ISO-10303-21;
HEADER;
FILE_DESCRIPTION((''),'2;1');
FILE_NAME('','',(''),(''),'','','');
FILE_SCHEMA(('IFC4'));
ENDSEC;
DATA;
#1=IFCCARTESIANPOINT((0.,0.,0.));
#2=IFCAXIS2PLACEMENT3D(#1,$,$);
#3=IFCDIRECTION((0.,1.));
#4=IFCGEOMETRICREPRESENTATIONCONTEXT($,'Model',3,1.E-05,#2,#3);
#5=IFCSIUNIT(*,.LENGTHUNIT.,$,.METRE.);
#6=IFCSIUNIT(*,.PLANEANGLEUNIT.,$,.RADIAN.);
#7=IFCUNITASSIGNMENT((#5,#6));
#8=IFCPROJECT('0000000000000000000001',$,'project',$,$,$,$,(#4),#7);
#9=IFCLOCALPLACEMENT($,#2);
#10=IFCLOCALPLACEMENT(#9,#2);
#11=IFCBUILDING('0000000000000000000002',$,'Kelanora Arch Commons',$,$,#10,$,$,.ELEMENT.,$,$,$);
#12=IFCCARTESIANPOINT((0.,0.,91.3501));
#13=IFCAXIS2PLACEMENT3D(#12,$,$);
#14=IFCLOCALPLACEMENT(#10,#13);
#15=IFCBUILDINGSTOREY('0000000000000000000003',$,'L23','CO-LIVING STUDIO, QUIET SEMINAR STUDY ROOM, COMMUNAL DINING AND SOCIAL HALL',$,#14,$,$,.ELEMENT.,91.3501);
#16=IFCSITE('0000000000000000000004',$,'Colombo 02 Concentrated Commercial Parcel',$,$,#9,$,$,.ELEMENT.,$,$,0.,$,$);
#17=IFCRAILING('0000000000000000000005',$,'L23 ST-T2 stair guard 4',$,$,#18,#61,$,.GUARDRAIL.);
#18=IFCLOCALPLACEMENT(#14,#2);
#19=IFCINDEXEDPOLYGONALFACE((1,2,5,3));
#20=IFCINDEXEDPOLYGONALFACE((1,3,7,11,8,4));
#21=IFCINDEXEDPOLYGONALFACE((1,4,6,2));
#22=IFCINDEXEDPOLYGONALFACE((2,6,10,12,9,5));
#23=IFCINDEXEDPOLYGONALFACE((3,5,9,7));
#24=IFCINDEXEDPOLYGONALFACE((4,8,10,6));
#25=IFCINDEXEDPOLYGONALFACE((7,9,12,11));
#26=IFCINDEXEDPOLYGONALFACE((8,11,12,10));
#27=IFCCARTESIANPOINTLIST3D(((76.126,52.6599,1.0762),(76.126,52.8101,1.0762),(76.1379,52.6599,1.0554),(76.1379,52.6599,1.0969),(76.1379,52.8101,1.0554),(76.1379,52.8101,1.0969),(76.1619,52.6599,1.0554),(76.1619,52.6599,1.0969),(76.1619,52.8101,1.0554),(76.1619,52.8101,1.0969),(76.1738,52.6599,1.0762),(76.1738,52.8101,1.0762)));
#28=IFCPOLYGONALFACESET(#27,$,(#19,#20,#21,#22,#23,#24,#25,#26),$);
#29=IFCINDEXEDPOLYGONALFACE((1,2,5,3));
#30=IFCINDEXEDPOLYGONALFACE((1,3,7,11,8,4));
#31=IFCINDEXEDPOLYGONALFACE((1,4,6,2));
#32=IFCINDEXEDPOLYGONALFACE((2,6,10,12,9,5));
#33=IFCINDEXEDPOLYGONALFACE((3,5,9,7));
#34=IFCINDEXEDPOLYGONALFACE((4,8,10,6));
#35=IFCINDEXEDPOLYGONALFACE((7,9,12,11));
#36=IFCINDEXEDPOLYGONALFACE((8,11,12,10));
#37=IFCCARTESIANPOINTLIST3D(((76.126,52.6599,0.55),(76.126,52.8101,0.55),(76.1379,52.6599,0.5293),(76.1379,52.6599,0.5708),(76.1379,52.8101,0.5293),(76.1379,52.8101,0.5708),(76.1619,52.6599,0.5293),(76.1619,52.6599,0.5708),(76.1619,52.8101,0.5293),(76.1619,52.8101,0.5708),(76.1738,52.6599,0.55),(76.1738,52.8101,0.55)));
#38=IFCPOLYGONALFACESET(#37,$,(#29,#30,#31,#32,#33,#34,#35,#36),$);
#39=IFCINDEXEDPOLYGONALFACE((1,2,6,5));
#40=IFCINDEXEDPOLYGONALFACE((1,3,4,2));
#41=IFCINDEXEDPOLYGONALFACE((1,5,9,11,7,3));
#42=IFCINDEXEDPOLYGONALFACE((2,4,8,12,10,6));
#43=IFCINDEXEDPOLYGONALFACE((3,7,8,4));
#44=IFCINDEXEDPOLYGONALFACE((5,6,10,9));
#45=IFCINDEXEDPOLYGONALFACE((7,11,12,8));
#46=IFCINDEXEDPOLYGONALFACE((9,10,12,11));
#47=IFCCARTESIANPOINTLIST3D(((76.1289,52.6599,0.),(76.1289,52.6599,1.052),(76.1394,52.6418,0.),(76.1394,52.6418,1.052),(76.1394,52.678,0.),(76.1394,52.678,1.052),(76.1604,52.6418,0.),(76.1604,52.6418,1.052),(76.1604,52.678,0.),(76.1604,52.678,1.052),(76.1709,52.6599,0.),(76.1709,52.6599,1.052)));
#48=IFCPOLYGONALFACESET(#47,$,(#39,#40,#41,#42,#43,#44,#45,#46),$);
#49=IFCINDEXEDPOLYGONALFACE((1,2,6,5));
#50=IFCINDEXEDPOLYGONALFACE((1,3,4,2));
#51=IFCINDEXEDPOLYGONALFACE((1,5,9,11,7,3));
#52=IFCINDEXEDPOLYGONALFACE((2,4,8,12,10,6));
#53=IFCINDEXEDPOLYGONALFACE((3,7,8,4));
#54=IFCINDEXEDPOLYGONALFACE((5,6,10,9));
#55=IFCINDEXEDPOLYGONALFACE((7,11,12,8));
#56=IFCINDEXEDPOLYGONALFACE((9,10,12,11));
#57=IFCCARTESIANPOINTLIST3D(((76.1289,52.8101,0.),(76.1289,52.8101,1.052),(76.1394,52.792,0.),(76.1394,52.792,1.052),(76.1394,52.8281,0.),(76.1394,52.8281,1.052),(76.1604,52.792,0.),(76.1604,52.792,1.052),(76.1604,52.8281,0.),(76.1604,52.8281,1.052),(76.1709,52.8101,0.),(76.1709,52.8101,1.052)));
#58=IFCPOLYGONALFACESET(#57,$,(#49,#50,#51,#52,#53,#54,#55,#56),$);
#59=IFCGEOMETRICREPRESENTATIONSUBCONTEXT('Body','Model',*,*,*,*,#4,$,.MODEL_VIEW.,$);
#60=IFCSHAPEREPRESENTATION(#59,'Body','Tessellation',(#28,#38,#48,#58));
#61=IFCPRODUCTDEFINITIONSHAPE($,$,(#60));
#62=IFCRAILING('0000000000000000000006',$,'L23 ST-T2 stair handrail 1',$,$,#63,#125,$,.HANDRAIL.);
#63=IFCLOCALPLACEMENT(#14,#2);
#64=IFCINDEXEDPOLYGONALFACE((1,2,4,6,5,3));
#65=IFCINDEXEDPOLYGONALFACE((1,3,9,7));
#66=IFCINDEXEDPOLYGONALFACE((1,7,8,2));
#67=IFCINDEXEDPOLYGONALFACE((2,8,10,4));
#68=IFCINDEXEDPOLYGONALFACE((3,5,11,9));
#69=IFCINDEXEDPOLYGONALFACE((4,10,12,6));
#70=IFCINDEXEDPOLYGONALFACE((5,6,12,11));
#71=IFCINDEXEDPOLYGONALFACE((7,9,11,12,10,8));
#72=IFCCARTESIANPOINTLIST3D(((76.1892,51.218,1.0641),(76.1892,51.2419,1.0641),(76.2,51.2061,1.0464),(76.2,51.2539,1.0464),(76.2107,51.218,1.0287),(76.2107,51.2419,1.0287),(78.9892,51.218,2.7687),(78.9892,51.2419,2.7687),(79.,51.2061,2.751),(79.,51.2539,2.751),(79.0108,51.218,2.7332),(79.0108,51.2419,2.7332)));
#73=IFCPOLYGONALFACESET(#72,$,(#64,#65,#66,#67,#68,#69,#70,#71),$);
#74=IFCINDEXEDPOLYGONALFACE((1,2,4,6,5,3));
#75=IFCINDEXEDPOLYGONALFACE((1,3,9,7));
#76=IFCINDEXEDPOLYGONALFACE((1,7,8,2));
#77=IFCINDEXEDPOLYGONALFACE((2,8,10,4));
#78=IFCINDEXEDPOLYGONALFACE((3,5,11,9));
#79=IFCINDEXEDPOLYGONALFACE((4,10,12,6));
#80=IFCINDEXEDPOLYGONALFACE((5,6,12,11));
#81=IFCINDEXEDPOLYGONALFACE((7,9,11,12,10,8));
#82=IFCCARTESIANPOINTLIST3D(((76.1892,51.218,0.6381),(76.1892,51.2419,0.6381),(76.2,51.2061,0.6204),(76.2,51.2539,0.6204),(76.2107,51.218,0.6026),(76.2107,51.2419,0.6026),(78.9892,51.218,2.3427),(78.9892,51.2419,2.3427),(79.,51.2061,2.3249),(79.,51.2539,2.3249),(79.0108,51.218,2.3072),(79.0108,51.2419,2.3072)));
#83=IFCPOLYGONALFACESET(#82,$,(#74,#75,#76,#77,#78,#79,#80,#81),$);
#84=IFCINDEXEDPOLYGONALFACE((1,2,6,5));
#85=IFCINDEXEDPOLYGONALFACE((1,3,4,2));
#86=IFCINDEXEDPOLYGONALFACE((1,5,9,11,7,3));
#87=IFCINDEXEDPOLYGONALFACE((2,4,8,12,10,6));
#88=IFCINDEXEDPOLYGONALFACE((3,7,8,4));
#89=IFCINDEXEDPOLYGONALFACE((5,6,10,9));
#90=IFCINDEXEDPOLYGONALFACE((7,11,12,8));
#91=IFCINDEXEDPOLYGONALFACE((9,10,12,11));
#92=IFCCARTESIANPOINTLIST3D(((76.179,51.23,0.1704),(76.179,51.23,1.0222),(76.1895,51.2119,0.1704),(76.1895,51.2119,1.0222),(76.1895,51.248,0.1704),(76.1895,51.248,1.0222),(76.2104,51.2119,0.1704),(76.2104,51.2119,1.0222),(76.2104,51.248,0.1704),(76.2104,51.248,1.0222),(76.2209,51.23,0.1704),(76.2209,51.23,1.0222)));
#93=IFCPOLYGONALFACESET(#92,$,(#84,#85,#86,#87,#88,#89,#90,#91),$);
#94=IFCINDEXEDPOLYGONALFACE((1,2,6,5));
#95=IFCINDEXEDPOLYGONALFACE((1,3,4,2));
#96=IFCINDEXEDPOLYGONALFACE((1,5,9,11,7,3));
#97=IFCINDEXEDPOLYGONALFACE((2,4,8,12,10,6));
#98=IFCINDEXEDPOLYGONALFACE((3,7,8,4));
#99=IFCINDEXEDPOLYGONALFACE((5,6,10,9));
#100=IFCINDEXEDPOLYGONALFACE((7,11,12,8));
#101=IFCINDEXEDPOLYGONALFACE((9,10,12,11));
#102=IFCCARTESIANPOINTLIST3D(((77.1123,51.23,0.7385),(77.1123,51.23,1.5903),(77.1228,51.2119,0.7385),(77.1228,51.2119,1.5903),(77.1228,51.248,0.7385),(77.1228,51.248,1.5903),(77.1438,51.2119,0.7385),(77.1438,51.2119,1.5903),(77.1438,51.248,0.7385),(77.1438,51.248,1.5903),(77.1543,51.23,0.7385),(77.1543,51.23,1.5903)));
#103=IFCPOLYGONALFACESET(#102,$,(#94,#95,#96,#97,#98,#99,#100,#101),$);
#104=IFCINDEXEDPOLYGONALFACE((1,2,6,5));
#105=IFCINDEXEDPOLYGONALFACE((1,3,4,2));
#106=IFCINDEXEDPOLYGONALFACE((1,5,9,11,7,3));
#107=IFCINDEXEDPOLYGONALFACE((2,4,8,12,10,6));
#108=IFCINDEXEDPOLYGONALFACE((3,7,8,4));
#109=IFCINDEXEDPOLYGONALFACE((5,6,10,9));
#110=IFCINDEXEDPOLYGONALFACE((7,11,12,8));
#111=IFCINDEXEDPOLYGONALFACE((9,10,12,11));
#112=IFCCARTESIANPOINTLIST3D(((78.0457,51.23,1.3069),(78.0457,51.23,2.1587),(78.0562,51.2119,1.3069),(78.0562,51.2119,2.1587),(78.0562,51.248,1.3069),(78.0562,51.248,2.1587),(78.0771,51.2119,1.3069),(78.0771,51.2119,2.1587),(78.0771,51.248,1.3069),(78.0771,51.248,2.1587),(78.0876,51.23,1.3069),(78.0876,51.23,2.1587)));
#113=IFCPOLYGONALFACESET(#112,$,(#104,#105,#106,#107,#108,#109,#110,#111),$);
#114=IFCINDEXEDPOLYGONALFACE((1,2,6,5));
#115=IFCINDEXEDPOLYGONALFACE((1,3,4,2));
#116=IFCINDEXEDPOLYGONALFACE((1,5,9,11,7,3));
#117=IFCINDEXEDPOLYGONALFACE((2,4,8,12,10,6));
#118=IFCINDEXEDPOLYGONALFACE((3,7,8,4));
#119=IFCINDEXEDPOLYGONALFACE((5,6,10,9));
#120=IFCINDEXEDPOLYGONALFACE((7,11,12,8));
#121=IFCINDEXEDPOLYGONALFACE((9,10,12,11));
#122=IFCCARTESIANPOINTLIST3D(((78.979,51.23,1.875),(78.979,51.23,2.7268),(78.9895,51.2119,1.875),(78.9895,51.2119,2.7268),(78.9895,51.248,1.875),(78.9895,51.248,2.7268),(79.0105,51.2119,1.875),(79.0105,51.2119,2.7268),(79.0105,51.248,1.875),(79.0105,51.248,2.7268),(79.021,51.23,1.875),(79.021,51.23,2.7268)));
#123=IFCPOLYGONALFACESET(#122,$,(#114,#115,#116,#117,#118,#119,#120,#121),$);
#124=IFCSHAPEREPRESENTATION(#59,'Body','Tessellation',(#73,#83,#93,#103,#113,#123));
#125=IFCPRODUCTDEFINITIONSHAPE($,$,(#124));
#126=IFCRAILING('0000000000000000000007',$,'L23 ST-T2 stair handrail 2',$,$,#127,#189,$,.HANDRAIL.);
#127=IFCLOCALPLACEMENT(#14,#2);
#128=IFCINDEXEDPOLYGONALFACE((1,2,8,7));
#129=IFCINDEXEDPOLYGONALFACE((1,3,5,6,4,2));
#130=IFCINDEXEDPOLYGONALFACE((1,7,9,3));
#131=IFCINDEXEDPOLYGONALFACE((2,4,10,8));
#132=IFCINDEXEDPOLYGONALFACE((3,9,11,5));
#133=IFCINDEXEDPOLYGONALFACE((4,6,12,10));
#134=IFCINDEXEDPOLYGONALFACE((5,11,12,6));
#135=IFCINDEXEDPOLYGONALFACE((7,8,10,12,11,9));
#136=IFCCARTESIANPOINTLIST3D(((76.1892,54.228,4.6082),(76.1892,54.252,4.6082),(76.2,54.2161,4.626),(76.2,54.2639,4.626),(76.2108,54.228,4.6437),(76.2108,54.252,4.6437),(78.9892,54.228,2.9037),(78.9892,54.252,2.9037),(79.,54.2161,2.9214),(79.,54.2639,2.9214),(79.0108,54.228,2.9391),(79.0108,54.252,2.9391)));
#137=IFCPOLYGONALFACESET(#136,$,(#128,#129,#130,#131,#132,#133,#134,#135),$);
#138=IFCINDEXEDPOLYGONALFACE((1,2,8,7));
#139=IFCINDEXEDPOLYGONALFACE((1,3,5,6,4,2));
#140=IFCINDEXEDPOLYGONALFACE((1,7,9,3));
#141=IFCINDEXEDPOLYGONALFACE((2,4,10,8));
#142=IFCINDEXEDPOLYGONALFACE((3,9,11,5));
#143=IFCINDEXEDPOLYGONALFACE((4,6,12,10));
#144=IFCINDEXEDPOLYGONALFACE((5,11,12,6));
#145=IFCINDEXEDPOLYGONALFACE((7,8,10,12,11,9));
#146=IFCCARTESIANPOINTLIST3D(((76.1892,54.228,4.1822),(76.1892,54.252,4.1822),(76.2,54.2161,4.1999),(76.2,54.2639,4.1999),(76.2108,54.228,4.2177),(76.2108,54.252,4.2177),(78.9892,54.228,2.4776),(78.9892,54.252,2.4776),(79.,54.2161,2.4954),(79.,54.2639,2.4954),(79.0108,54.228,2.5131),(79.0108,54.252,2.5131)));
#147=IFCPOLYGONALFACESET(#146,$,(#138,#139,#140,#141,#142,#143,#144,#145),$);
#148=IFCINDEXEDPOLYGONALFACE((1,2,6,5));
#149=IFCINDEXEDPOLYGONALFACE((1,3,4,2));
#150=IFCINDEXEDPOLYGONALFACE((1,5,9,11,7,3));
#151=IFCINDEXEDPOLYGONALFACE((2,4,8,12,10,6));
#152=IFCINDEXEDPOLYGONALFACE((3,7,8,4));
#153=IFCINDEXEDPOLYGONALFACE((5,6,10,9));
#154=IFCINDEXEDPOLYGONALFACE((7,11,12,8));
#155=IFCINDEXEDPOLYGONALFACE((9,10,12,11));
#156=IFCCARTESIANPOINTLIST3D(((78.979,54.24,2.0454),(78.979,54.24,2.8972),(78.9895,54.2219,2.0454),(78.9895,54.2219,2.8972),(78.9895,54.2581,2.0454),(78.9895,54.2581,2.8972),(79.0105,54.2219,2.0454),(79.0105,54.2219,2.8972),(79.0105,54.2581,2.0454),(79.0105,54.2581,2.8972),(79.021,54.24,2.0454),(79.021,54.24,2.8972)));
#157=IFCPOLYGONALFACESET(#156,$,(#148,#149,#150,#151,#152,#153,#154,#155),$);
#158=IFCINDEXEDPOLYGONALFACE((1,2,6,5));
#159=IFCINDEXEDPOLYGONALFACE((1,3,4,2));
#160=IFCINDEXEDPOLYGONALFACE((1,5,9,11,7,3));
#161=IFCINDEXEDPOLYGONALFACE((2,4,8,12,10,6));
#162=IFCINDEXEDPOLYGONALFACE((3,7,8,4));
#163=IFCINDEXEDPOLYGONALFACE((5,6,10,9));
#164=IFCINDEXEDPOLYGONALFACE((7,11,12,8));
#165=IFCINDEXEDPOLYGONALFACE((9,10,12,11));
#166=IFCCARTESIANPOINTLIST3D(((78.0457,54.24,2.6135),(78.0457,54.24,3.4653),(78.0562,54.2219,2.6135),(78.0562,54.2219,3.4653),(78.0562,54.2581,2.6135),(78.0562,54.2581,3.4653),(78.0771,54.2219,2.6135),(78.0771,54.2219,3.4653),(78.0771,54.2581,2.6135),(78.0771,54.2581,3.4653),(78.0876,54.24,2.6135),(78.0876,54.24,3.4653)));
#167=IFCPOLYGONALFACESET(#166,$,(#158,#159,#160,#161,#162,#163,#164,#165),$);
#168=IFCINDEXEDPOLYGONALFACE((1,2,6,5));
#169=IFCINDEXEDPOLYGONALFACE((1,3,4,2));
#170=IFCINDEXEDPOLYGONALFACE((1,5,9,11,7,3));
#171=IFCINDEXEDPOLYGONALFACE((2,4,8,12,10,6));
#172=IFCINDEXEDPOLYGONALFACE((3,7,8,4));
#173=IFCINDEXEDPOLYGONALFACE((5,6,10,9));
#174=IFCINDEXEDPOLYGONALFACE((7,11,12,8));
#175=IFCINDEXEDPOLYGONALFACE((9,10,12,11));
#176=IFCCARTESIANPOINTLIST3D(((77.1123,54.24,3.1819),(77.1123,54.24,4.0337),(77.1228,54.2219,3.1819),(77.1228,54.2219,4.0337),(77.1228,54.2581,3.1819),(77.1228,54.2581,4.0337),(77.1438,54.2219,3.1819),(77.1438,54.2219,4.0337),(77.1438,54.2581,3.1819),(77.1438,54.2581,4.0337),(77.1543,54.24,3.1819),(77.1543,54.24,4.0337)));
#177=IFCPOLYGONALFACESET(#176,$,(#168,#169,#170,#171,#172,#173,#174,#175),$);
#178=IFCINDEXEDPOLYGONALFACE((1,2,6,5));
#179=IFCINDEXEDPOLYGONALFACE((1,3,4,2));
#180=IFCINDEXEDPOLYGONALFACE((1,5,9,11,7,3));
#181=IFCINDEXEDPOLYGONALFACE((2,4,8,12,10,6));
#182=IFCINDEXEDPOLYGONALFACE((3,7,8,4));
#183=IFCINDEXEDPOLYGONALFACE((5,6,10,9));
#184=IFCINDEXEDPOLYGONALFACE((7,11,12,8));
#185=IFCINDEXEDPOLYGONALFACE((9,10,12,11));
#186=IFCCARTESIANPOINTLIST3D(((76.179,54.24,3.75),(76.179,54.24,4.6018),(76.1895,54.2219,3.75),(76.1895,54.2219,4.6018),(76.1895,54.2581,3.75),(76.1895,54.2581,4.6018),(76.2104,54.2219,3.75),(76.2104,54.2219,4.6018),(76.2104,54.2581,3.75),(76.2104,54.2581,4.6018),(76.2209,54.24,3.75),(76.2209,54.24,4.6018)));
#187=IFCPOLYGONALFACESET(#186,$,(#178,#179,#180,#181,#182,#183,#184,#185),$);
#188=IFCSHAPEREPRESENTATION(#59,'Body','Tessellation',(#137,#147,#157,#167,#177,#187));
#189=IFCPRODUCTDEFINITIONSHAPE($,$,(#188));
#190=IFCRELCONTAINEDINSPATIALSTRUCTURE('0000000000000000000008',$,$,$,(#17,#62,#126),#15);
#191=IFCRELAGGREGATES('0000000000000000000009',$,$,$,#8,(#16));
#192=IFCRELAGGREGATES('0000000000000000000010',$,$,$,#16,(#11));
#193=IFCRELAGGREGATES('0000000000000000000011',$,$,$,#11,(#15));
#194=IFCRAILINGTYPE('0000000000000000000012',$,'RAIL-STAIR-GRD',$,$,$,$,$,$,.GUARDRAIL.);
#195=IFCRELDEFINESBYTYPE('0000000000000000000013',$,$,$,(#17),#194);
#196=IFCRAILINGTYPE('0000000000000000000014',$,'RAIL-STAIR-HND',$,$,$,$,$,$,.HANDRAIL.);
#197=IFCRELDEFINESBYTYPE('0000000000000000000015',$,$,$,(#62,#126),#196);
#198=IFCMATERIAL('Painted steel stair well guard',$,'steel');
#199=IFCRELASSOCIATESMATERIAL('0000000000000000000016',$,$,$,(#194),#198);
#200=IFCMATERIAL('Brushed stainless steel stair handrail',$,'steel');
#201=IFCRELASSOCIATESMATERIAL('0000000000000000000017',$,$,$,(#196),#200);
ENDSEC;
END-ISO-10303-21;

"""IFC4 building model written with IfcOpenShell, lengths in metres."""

from ifc_helpers import new_model, si_unit, direction, frame, origin, place, context, subcontext, project, spatial, polyline, outline, extrude, material, type_object, element, save


model = new_model("IFC4")

# Units and contexts
model_context = context("Model", 3, precision=1e-05, world=origin(), true_north=direction((0.0, 1.0)))
body_context = subcontext(model_context, "Body", "Model", "MODEL_VIEW")
ifc_project = project(units=[si_unit("LENGTHUNIT", "METRE"), si_unit("PLANEANGLEUNIT", "RADIAN")], contexts=[model_context])

# Site, building, storey
site_placement = place(None, origin())
site = spatial("IfcSite", under=ifc_project, at=site_placement, Name="Colombo 02 Concentrated Commercial Parcel", CompositionType="ELEMENT", RefElevation=0.0)
building_placement = place(site_placement, origin())
building = spatial("IfcBuilding", under=site, at=building_placement, Name="Kelanora Arch Commons", CompositionType="ELEMENT")
storey_placement = place(building_placement, frame((0.0, 0.0, 91.3501)))
storey = spatial("IfcBuildingStorey", under=building, at=storey_placement, Name="L23", Description="CO-LIVING STUDIO, QUIET SEMINAR STUDY ROOM, COMMUNAL DINING AND SOCIAL HALL", CompositionType="ELEMENT", Elevation=91.3501)

# Railings
ifc_material_1 = material(Name="Painted steel stair well guard", Category="steel")
railing_type_1 = type_object("IfcRailingType", Name="RAIL-STAIR-GRD", PredefinedType="GUARDRAIL", material=ifc_material_1)
railing_1_placement = place(storey_placement, frame((76.1499, 52.6599, 0.0)))
element("IfcRailing", 1, at=railing_1_placement, inside=storey, type_object=railing_type_1, Name="L23 ST-T2 stair guard 4", PredefinedType="GUARDRAIL", context=body_context, shape_type="SweptSolid", body=[
    extrude(outline(polyline([(0.0239, 0.0), (0.012, 0.0208), (-0.012, 0.0208), (-0.0239, 0.0), (-0.012, -0.0208), (0.012, -0.0208), (0.0239, 0.0)])), frame((0.0, 0.0, 1.0762), z_axis=(0.0, 1.0, 0.0), x_axis=(-1.0, 0.0, 0.0)), (0.0, 0.0, 1.0), 0.1501),
    extrude(outline(polyline([(0.0239, 0.0), (0.012, 0.0208), (-0.012, 0.0208), (-0.0239, 0.0), (-0.012, -0.0208), (0.012, -0.0208), (0.0239, 0.0)])), frame((0.0, 0.0, 0.55), z_axis=(0.0, 1.0, 0.0), x_axis=(-1.0, 0.0, 0.0)), (0.0, 0.0, 1.0), 0.1501),
    extrude(outline(polyline([(0.021, 0.0), (0.0105, 0.0181), (-0.0105, 0.0181), (-0.021, 0.0), (-0.0105, -0.0181), (0.0105, -0.0181), (0.021, 0.0)])), origin(), (0.0, 0.0, 1.0), 1.052),
    extrude(outline(polyline([(0.021, 0.0), (0.0105, 0.0181), (-0.0105, 0.0181), (-0.021, 0.0), (-0.0105, -0.0181), (0.0105, -0.0181), (0.021, 0.0)])), frame((0.0, 0.1501, 0.0)), (0.0, 0.0, 1.0), 1.052),
])
ifc_material_2 = material(Name="Brushed stainless steel stair handrail", Category="steel")
railing_type_2 = type_object("IfcRailingType", Name="RAIL-STAIR-HND", PredefinedType="HANDRAIL", material=ifc_material_2)
railing_2_placement = place(storey_placement, frame((76.2, 51.23, 0.1704)))
element("IfcRailing", 2, at=railing_2_placement, inside=storey, type_object=railing_type_2, Name="L23 ST-T2 stair handrail 1", PredefinedType="HANDRAIL", context=body_context, shape_type="SweptSolid", body=[
    extrude(outline(polyline([(0.0239, 0.0), (0.012, 0.0208), (-0.012, 0.0208), (-0.0239, 0.0), (-0.012, -0.0208), (0.012, -0.0208), (0.0239, 0.0)])), frame((0.0, 0.0, 0.876), z_axis=(0.85417, 0.0, 0.519994), x_axis=(0.0, 1.0, 0.0)), (0.0, 0.0, 1.0), 3.2781),
    extrude(outline(polyline([(0.0239, 0.0), (0.012, 0.0208), (-0.012, 0.0208), (-0.0239, 0.0), (-0.012, -0.0208), (0.012, -0.0208), (0.0239, 0.0)])), frame((0.0, 0.0, 0.45), z_axis=(0.85417, 0.0, 0.519994), x_axis=(0.0, 1.0, 0.0)), (0.0, 0.0, 1.0), 3.2781),
    extrude(outline(polyline([(0.021, 0.0), (0.0105, 0.0181), (-0.0105, 0.0181), (-0.021, 0.0), (-0.0105, -0.0181), (0.0105, -0.0181), (0.021, 0.0)])), origin(), (0.0, 0.0, 1.0), 0.8518),
    extrude(outline(polyline([(0.021, 0.0), (0.0105, 0.0181), (-0.0105, 0.0181), (-0.021, 0.0), (-0.0105, -0.0181), (0.0105, -0.0181), (0.021, 0.0)])), frame((0.9333, 0.0, 0.5681)), (0.0, 0.0, 1.0), 0.8518),
    extrude(outline(polyline([(0.021, 0.0), (0.0105, 0.0181), (-0.0105, 0.0181), (-0.021, 0.0), (-0.0105, -0.0181), (0.0105, -0.0181), (0.021, 0.0)])), frame((1.8667, 0.0, 1.1365)), (0.0, 0.0, 1.0), 0.8518),
    extrude(outline(polyline([(0.021, 0.0), (0.0105, 0.0181), (-0.0105, 0.0181), (-0.021, 0.0), (-0.0105, -0.0181), (0.0105, -0.0181), (0.021, 0.0)])), frame((2.8, 0.0, 1.7046)), (0.0, 0.0, 1.0), 0.8518),
])
railing_3_placement = place(storey_placement, frame((79.0, 54.24, 2.0454)))
element("IfcRailing", 3, at=railing_3_placement, inside=storey, type_object=railing_type_2, Name="L23 ST-T2 stair handrail 2", PredefinedType="HANDRAIL", context=body_context, shape_type="SweptSolid", body=[
    extrude(outline(polyline([(0.0239, 0.0), (0.012, 0.0208), (-0.012, 0.0208), (-0.0239, 0.0), (-0.012, -0.0208), (0.012, -0.0208), (0.0239, 0.0)])), frame((0.0, 0.0, 0.876), z_axis=(-0.85417, 0.0, 0.519994), x_axis=(0.0, -1.0, 0.0)), (0.0, 0.0, 1.0), 3.2781),
    extrude(outline(polyline([(0.0239, 0.0), (0.012, 0.0208), (-0.012, 0.0208), (-0.0239, 0.0), (-0.012, -0.0208), (0.012, -0.0208), (0.0239, 0.0)])), frame((0.0, 0.0, 0.45), z_axis=(-0.85417, 0.0, 0.519994), x_axis=(0.0, -1.0, 0.0)), (0.0, 0.0, 1.0), 3.2781),
    extrude(outline(polyline([(0.021, 0.0), (0.0105, 0.0181), (-0.0105, 0.0181), (-0.021, 0.0), (-0.0105, -0.0181), (0.0105, -0.0181), (0.021, 0.0)])), origin(), (0.0, 0.0, 1.0), 0.8518),
    extrude(outline(polyline([(0.021, 0.0), (0.0105, 0.0181), (-0.0105, 0.0181), (-0.021, 0.0), (-0.0105, -0.0181), (0.0105, -0.0181), (0.021, 0.0)])), frame((-0.9333, 0.0, 0.5681)), (0.0, 0.0, 1.0), 0.8518),
    extrude(outline(polyline([(0.021, 0.0), (0.0105, 0.0181), (-0.0105, 0.0181), (-0.021, 0.0), (-0.0105, -0.0181), (0.0105, -0.0181), (0.021, 0.0)])), frame((-1.8667, 0.0, 1.1365)), (0.0, 0.0, 1.0), 0.8518),
    extrude(outline(polyline([(0.021, 0.0), (0.0105, 0.0181), (-0.0105, 0.0181), (-0.021, 0.0), (-0.0105, -0.0181), (0.0105, -0.0181), (0.021, 0.0)])), frame((-2.8, 0.0, 1.7046)), (0.0, 0.0, 1.0), 0.8518),
])

save(model, "model.ifc")
